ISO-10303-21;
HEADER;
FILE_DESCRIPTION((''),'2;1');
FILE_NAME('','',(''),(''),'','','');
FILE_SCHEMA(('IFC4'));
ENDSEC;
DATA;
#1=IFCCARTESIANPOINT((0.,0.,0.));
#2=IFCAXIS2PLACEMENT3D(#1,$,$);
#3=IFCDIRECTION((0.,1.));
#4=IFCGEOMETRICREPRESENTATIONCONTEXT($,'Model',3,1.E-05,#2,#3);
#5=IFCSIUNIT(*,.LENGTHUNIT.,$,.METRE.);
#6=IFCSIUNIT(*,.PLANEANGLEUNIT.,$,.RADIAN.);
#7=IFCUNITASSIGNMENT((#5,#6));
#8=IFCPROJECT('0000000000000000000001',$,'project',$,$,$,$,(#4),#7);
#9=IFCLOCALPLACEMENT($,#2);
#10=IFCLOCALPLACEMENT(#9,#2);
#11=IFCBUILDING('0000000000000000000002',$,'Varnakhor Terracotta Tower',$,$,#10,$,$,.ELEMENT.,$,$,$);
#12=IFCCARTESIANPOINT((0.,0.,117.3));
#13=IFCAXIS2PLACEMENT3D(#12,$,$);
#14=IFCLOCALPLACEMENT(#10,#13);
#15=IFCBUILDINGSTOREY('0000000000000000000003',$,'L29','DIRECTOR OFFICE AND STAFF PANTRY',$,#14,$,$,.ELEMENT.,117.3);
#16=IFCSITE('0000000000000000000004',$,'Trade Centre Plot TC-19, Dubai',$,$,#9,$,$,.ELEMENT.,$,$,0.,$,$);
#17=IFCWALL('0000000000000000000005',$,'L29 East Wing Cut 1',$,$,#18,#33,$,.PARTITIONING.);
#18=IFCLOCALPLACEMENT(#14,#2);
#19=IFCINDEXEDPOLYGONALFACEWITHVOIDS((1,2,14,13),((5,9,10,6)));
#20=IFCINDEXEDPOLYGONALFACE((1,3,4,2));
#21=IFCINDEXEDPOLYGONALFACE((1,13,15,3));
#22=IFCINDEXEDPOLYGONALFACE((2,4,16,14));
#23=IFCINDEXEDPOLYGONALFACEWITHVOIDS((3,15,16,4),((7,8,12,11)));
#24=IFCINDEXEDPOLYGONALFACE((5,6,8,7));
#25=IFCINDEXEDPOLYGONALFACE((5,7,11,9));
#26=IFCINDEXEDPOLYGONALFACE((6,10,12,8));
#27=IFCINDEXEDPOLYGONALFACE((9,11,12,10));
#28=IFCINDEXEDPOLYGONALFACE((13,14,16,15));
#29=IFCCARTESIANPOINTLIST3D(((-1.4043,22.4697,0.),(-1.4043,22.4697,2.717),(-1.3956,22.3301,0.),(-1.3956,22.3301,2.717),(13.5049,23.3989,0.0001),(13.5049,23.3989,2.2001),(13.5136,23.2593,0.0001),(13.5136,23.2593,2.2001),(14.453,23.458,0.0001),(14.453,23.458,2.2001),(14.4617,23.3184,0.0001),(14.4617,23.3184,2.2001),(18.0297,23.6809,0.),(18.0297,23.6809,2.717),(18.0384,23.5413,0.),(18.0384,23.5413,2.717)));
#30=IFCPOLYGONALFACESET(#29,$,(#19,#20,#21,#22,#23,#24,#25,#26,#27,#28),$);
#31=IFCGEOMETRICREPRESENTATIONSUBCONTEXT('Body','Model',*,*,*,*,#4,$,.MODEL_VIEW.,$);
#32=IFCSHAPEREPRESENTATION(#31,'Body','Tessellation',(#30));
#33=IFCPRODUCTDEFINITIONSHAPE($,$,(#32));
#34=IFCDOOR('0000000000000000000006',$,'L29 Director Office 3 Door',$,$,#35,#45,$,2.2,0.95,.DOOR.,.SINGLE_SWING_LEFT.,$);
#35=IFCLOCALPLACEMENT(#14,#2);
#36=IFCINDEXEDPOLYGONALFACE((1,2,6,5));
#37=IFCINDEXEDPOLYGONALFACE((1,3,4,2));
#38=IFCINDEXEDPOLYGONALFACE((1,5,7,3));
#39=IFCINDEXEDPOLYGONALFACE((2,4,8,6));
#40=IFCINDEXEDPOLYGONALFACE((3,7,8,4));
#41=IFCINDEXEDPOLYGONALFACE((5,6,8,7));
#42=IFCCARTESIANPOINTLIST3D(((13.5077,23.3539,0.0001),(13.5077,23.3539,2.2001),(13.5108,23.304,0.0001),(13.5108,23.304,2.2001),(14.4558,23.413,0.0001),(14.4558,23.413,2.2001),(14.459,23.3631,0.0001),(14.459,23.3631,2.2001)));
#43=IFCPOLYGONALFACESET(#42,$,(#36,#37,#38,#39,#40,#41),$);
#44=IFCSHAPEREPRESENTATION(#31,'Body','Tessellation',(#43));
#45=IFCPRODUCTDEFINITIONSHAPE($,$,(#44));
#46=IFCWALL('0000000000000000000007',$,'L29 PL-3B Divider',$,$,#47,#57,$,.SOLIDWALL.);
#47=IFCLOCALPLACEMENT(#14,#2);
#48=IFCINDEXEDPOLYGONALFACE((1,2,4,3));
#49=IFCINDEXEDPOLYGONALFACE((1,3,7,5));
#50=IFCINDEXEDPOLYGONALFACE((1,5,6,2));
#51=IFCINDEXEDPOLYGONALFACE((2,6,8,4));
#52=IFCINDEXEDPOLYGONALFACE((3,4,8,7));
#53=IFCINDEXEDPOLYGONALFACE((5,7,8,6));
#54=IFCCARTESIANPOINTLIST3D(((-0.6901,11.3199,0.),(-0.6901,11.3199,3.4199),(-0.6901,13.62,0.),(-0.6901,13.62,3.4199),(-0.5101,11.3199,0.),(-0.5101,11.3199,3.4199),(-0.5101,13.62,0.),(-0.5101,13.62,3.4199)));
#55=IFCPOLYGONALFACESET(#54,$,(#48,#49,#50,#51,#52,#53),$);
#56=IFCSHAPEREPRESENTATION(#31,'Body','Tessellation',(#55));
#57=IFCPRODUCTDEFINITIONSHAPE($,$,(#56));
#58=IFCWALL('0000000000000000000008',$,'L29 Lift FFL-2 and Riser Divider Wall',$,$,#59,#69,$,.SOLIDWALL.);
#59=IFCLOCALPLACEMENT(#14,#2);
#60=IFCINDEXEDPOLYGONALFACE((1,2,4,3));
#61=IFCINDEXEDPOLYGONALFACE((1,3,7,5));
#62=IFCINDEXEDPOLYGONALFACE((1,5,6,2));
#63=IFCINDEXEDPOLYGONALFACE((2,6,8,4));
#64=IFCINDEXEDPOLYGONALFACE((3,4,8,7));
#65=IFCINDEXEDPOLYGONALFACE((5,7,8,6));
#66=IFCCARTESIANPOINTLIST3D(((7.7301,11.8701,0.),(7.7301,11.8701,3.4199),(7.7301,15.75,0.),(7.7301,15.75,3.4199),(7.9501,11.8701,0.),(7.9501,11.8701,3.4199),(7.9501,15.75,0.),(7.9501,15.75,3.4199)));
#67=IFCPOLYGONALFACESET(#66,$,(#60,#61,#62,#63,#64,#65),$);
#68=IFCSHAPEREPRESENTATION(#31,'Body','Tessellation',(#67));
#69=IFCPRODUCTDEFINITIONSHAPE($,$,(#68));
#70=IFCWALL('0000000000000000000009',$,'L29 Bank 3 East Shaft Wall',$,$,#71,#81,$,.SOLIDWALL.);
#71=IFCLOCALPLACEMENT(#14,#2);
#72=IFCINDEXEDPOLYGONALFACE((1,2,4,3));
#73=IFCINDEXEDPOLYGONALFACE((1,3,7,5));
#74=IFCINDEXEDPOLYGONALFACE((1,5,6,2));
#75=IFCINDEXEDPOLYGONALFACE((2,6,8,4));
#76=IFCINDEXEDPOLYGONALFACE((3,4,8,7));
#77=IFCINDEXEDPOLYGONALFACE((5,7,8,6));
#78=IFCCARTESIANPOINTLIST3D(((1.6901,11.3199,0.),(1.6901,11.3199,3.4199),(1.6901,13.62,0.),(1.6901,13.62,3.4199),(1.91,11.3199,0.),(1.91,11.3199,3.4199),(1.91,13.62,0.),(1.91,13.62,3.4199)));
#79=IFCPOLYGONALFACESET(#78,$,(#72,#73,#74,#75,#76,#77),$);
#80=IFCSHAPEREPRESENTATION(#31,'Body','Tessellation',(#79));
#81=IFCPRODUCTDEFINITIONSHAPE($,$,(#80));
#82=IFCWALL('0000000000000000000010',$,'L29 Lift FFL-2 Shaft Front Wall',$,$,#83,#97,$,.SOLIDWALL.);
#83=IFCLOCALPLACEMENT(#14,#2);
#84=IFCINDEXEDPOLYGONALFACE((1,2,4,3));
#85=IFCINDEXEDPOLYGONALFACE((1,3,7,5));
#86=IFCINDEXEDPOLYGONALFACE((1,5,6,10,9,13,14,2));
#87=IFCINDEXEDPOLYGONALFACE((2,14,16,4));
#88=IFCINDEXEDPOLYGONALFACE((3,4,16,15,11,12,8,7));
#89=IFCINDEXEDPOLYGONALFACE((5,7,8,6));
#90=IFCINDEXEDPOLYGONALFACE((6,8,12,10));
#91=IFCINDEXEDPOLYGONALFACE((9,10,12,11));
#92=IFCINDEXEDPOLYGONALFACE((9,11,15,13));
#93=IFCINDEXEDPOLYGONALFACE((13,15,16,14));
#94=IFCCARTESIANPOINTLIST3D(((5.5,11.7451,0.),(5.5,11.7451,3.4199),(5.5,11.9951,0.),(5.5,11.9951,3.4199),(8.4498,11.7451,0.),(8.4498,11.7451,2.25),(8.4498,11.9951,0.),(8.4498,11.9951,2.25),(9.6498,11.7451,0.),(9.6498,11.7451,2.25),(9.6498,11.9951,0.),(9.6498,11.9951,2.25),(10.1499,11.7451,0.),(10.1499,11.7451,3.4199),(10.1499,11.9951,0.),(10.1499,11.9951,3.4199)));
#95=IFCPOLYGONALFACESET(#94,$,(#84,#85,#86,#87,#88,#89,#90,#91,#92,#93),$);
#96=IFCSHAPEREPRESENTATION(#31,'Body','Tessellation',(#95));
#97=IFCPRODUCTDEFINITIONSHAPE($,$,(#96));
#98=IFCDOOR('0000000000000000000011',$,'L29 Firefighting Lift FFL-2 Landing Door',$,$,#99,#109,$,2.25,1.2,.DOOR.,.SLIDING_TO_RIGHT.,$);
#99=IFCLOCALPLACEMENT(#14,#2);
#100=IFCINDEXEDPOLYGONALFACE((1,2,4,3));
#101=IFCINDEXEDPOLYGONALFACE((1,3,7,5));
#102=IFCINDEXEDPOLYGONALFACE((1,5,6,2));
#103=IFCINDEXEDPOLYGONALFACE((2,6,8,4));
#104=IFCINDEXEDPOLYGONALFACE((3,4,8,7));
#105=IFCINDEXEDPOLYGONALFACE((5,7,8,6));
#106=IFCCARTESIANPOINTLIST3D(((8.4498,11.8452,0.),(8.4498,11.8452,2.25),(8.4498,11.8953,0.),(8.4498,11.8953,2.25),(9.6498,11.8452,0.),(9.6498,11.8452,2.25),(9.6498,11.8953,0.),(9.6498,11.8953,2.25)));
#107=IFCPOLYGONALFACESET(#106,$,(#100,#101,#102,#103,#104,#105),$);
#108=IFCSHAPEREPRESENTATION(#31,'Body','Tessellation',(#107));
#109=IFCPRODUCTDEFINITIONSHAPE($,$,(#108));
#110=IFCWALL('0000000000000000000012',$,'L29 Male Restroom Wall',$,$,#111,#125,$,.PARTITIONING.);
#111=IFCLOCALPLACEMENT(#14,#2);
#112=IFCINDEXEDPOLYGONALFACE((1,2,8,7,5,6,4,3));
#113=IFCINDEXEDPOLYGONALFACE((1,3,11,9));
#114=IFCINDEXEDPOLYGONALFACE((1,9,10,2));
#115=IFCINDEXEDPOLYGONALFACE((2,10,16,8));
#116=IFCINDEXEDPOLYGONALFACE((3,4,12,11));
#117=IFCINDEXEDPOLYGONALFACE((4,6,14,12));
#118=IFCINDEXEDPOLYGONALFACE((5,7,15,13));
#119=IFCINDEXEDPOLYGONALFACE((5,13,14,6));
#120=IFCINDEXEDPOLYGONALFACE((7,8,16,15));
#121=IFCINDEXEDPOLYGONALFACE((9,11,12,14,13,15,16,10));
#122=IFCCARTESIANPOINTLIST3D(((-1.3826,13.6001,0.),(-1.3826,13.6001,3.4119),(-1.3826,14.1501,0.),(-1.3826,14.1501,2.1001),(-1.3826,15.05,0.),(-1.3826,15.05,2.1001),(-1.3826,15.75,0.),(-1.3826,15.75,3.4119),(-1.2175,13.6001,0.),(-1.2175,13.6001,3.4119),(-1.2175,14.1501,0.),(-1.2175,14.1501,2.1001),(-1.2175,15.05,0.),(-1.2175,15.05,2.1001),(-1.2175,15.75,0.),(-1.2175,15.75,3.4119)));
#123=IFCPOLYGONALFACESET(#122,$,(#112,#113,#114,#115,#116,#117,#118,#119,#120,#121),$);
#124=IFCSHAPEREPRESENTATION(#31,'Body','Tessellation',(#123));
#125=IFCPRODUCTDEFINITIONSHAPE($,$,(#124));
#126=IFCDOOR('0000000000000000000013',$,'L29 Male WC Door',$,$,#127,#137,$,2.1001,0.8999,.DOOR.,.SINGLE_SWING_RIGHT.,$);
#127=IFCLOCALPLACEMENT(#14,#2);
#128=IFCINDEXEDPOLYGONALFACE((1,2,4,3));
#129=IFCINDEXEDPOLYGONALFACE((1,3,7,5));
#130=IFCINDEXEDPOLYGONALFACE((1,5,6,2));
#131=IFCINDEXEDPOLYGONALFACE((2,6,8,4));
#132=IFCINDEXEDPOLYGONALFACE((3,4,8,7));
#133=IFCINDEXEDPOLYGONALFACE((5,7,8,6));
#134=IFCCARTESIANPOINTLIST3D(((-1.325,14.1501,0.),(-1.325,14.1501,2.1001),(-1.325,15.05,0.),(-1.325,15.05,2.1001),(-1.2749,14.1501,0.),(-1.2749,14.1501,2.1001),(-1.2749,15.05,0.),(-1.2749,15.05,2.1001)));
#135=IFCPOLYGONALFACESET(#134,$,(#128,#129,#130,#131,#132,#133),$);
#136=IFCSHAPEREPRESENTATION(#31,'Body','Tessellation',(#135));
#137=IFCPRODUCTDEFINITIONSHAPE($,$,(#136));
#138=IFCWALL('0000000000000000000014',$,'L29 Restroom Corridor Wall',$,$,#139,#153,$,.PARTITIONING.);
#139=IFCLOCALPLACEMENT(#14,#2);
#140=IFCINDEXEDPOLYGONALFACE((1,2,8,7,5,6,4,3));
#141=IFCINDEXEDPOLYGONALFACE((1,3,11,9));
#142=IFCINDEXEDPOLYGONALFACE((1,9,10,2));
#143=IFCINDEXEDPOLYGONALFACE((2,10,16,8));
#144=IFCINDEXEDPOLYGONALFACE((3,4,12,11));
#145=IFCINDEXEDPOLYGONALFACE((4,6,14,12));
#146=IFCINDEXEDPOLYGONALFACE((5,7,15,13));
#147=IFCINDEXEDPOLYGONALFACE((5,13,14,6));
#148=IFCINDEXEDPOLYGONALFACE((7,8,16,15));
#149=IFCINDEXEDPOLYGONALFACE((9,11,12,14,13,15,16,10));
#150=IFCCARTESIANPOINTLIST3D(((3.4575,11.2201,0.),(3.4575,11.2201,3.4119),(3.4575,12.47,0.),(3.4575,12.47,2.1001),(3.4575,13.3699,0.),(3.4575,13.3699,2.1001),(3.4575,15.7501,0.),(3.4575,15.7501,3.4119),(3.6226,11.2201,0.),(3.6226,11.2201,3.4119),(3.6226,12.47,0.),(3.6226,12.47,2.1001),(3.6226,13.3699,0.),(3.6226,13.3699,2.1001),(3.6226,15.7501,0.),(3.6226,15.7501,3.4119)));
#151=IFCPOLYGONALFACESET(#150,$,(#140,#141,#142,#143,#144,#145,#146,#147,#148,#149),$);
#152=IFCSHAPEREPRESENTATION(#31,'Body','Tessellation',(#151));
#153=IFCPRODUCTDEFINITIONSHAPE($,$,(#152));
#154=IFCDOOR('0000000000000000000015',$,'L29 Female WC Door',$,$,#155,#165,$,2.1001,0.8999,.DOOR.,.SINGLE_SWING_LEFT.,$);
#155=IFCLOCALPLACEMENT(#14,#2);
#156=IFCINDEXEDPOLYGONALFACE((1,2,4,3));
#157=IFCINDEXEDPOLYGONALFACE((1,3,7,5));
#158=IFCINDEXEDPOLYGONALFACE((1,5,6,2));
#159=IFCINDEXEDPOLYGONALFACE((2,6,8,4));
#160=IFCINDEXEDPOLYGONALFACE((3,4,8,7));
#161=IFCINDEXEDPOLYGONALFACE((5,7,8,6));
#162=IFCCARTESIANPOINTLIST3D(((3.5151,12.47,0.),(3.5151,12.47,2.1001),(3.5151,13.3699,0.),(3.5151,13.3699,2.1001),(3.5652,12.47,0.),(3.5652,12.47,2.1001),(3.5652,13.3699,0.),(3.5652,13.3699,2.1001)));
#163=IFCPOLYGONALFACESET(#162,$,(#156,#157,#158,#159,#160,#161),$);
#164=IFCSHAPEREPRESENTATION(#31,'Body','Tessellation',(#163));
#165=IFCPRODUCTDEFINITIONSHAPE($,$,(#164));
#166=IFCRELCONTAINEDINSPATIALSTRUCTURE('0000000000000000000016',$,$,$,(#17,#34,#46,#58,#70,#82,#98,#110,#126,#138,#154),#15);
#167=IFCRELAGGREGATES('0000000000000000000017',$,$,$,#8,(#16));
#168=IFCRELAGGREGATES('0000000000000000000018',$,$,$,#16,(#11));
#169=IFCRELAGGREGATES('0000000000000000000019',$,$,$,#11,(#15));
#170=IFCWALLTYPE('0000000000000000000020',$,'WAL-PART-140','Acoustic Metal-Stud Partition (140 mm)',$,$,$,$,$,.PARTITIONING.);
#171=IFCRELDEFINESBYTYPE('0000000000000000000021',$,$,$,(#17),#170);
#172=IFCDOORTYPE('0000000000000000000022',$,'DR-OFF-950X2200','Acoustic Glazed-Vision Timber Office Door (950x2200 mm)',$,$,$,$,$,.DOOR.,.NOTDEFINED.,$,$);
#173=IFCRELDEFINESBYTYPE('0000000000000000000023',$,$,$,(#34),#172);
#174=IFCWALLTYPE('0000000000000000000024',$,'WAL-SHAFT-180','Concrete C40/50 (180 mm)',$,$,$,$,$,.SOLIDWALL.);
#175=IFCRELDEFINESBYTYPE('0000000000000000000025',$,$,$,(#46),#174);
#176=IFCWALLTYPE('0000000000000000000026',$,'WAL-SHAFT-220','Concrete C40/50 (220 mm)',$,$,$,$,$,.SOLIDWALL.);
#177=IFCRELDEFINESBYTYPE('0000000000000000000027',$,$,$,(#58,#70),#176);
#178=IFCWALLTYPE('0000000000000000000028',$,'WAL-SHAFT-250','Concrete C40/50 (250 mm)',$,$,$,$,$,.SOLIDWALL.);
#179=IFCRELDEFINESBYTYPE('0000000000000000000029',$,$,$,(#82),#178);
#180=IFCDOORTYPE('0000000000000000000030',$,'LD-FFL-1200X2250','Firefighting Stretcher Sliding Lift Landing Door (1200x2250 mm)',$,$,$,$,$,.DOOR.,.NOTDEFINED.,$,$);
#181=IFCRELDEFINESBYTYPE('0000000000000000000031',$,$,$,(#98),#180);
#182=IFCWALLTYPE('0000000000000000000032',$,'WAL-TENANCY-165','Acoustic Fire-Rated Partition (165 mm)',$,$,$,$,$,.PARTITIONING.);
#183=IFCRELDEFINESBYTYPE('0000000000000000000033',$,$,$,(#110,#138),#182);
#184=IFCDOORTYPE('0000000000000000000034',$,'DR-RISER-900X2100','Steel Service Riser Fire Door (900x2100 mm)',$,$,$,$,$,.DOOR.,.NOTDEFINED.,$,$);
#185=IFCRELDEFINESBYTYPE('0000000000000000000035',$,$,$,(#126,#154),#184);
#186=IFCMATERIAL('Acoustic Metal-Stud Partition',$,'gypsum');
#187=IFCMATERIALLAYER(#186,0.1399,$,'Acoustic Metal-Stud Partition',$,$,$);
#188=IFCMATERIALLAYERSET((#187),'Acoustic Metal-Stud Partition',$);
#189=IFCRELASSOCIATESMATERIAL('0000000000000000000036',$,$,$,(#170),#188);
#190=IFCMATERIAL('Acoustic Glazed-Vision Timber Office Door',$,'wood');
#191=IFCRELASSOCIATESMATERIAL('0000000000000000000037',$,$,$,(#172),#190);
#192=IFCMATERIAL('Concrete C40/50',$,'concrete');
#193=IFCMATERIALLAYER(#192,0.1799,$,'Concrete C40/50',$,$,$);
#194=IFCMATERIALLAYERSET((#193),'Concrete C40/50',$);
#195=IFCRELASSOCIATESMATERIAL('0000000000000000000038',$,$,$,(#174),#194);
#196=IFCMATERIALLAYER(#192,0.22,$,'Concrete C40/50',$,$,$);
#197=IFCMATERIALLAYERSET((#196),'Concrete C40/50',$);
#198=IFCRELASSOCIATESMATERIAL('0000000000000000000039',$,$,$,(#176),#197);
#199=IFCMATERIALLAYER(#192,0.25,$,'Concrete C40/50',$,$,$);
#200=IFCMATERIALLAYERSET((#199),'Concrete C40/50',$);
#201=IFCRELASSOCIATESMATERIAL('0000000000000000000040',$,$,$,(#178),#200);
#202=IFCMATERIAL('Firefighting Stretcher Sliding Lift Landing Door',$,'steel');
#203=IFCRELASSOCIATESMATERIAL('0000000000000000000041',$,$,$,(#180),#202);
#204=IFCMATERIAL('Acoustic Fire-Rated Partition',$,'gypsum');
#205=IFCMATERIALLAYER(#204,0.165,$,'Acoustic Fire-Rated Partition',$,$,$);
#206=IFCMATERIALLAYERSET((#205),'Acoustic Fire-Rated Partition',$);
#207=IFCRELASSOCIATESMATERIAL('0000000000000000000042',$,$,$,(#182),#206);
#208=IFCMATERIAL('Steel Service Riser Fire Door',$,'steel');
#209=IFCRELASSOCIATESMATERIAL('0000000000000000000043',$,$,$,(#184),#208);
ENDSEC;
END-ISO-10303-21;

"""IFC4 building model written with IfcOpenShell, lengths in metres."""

from ifc_helpers import new_model, si_unit, direction, frame, frame_2d, origin, place, context, subcontext, project, spatial, rectangle, extrude, source, transform, mapped, material, layer, layer_set, type_object, type_shapes, element, fill, save


model = new_model("IFC4")

# Units and contexts
model_context = context("Model", 3, precision=1e-05, world=origin(), true_north=direction((0.0, 1.0)))
body_context = subcontext(model_context, "Body", "Model", "MODEL_VIEW")
ifc_project = project(units=[si_unit("LENGTHUNIT", "METRE"), si_unit("PLANEANGLEUNIT", "RADIAN")], contexts=[model_context])

# Site, building, storey
site_placement = place(None, origin())
site = spatial("IfcSite", under=ifc_project, at=site_placement, Name="Trade Centre Plot TC-19, Dubai", CompositionType="ELEMENT", RefElevation=0.0)
building_placement = place(site_placement, origin())
building = spatial("IfcBuilding", under=site, at=building_placement, Name="Varnakhor Terracotta Tower", CompositionType="ELEMENT")
storey_placement = place(building_placement, frame((0.0, 0.0, 117.3)))
storey = spatial("IfcBuildingStorey", under=building, at=storey_placement, Name="L29", Description="DIRECTOR OFFICE AND STAFF PANTRY", CompositionType="ELEMENT", Elevation=117.3)

# Shared definitions
ifc_material_1 = material(Name="Acoustic Metal-Stud Partition", Category="gypsum")
ifc_layer_1 = layer(ifc_material_1, 0.1399, Name="Acoustic Metal-Stud Partition")
ifc_layer_set_1 = layer_set([ifc_layer_1], Name="Acoustic Metal-Stud Partition")
wall_type_1 = type_object("IfcWallType", Name="WAL-PART-140", Description="Acoustic Metal-Stud Partition (140 mm)", PredefinedType="PARTITIONING", material=ifc_layer_set_1)
ifc_material_2 = material(Name="Acoustic Glazed-Vision Timber Office Door", Category="wood")
door_type_1 = type_object("IfcDoorType", Name="DR-OFF-950X2200", Description="Acoustic Glazed-Vision Timber Office Door (950x2200 mm)", OperationType="NOTDEFINED", PredefinedType="DOOR", material=ifc_material_2)
shared_shape_1 = source(origin(), body_context, "Body", "SweptSolid", [
    extrude(rectangle(XDim=0.95, YDim=2.2, at=frame_2d((0.4751, 1.1001))), frame((0.0, 0.0249, 0.0), z_axis=(0.0, -1.0, 0.0), x_axis=(1.0, 0.0, 0.0)), (0.0, 0.0, 1.0), 0.05),
])
type_shapes(door_type_1, [shared_shape_1])

# Wall, opening, door
wall_1_placement = place(storey_placement, frame((-1.3999, 22.3999, 0.0), z_axis=(0.0, 0.0, 1.0), x_axis=(0.998064, 0.062202, 0.0)))
wall_1 = element("IfcWall", 1, at=wall_1_placement, inside=storey, type_object=wall_type_1, Name="L29 East Wing Cut 1", PredefinedType="PARTITIONING", context=body_context, shape_type="SweptSolid", body=[
    extrude(rectangle(XDim=19.4717, YDim=0.1399, at=frame_2d((9.7358, 0.0))), origin(), (0.0, 0.0, 1.0), 2.717),
])
opening_1_placement = place(wall_1_placement, frame((14.938, 0.0, 0.0)))
opening_1 = element("IfcOpeningElement", 2, at=opening_1_placement, cuts=wall_1, PredefinedType="OPENING", context=body_context, shape_type="SweptSolid", body=[
    extrude(rectangle(XDim=0.95, YDim=2.2, at=frame_2d((0.4751, 1.1001))), frame((0.0, 0.0801, 0.0), z_axis=(0.0, -1.0, 0.0), x_axis=(1.0, 0.0, 0.0)), (0.0, 0.0, 1.0), 0.1599),
])
door_1_placement = place(opening_1_placement, origin())
door_1 = element("IfcDoor", 3, at=door_1_placement, inside=storey, type_object=door_type_1, Name="L29 Director Office 3 Door", OperationType="SINGLE_SWING_LEFT", OverallHeight=2.2, OverallWidth=0.95, PredefinedType="DOOR", context=body_context, shape_type="MappedRepresentation", body=[
    mapped(shared_shape_1, transform((0.0, 0.0, 0.0), scale=1.0)),
])
fill(opening_1, door_1)

# Walls
ifc_material_3 = material(Name="Concrete C40/50", Category="concrete")
ifc_layer_2 = layer(ifc_material_3, 0.1799, Name="Concrete C40/50")
ifc_layer_set_2 = layer_set([ifc_layer_2], Name="Concrete C40/50")
wall_type_2 = type_object("IfcWallType", Name="WAL-SHAFT-180", Description="Concrete C40/50 (180 mm)", PredefinedType="SOLIDWALL", material=ifc_layer_set_2)
wall_2_placement = place(storey_placement, frame((-0.6001, 11.3201, 0.0), z_axis=(0.0, 0.0, 1.0), x_axis=(0.0, 1.0, 0.0)))
element("IfcWall", 4, at=wall_2_placement, inside=storey, type_object=wall_type_2, Name="L29 PL-3B Divider", PredefinedType="SOLIDWALL", context=body_context, shape_type="SweptSolid", body=[
    extrude(rectangle(XDim=2.3, YDim=0.1799, at=frame_2d((1.1499, 0.0))), origin(), (0.0, 0.0, 1.0), 3.4199),
])
ifc_layer_3 = layer(ifc_material_3, 0.22, Name="Concrete C40/50")
ifc_layer_set_3 = layer_set([ifc_layer_3], Name="Concrete C40/50")
wall_type_3 = type_object("IfcWallType", Name="WAL-SHAFT-220", Description="Concrete C40/50 (220 mm)", PredefinedType="SOLIDWALL", material=ifc_layer_set_3)
wall_3_placement = place(storey_placement, frame((7.8401, 11.8701, 0.0), z_axis=(0.0, 0.0, 1.0), x_axis=(0.0, 1.0, 0.0)))
element("IfcWall", 5, at=wall_3_placement, inside=storey, type_object=wall_type_3, Name="L29 Lift FFL-2 and Riser Divider Wall", PredefinedType="SOLIDWALL", context=body_context, shape_type="SweptSolid", body=[
    extrude(rectangle(XDim=3.8799, YDim=0.22, at=frame_2d((1.9399, 0.0))), origin(), (0.0, 0.0, 1.0), 3.4199),
])
wall_4_placement = place(storey_placement, frame((1.8, 11.3201, 0.0), z_axis=(0.0, 0.0, 1.0), x_axis=(0.0, 1.0, 0.0)))
element("IfcWall", 6, at=wall_4_placement, inside=storey, type_object=wall_type_3, Name="L29 Bank 3 East Shaft Wall", PredefinedType="SOLIDWALL", context=body_context, shape_type="SweptSolid", body=[
    extrude(rectangle(XDim=2.3, YDim=0.22, at=frame_2d((1.1499, 0.0))), origin(), (0.0, 0.0, 1.0), 3.4199),
])

# Walls, openings, doors
ifc_layer_4 = layer(ifc_material_3, 0.25, Name="Concrete C40/50")
ifc_layer_set_4 = layer_set([ifc_layer_4], Name="Concrete C40/50")
wall_type_4 = type_object("IfcWallType", Name="WAL-SHAFT-250", Description="Concrete C40/50 (250 mm)", PredefinedType="SOLIDWALL", material=ifc_layer_set_4)
wall_5_placement = place(storey_placement, frame((10.1499, 11.8701, 0.0), z_axis=(0.0, 0.0, 1.0), x_axis=(-1.0, 0.0, 0.0)))
wall_5 = element("IfcWall", 7, at=wall_5_placement, inside=storey, type_object=wall_type_4, Name="L29 Lift FFL-2 Shaft Front Wall", PredefinedType="SOLIDWALL", context=body_context, shape_type="SweptSolid", body=[
    extrude(rectangle(XDim=4.6499, YDim=0.25, at=frame_2d((2.325, 0.0))), origin(), (0.0, 0.0, 1.0), 3.4199),
])
opening_2_placement = place(wall_5_placement, frame((0.5, 0.0, 0.0)))
opening_2 = element("IfcOpeningElement", 8, at=opening_2_placement, cuts=wall_5, PredefinedType="OPENING", context=body_context, shape_type="SweptSolid", body=[
    extrude(rectangle(XDim=1.2, YDim=2.25, at=frame_2d((0.6001, 1.125))), frame((0.0, 0.135, 0.0), z_axis=(0.0, -1.0, 0.0), x_axis=(1.0, 0.0, 0.0)), (0.0, 0.0, 1.0), 0.27),
])
ifc_material_4 = material(Name="Firefighting Stretcher Sliding Lift Landing Door", Category="steel")
door_type_2 = type_object("IfcDoorType", Name="LD-FFL-1200X2250", Description="Firefighting Stretcher Sliding Lift Landing Door (1200x2250 mm)", OperationType="NOTDEFINED", PredefinedType="DOOR", material=ifc_material_4)
shared_shape_2 = source(origin(), body_context, "Body", "SweptSolid", [
    extrude(rectangle(XDim=1.2, YDim=2.25, at=frame_2d((0.6001, 1.125))), frame((0.0, 0.0249, 0.0), z_axis=(0.0, -1.0, 0.0), x_axis=(1.0, 0.0, 0.0)), (0.0, 0.0, 1.0), 0.05),
])
type_shapes(door_type_2, [shared_shape_2])
door_2_placement = place(opening_2_placement, origin())
door_2 = element("IfcDoor", 9, at=door_2_placement, inside=storey, type_object=door_type_2, Name="L29 Firefighting Lift FFL-2 Landing Door", OperationType="SLIDING_TO_RIGHT", OverallHeight=2.25, OverallWidth=1.2, PredefinedType="DOOR", context=body_context, shape_type="MappedRepresentation", body=[
    mapped(shared_shape_2, transform((0.0, 0.0, 0.0), scale=1.0)),
])
fill(opening_2, door_2)
ifc_material_5 = material(Name="Acoustic Fire-Rated Partition", Category="gypsum")
ifc_layer_5 = layer(ifc_material_5, 0.165, Name="Acoustic Fire-Rated Partition")
ifc_layer_set_5 = layer_set([ifc_layer_5], Name="Acoustic Fire-Rated Partition")
wall_type_5 = type_object("IfcWallType", Name="WAL-TENANCY-165", Description="Acoustic Fire-Rated Partition (165 mm)", PredefinedType="PARTITIONING", material=ifc_layer_set_5)
wall_6_placement = place(storey_placement, frame((-1.3, 13.6001, 0.0), z_axis=(0.0, 0.0, 1.0), x_axis=(0.0, 1.0, 0.0)))
wall_6 = element("IfcWall", 10, at=wall_6_placement, inside=storey, type_object=wall_type_5, Name="L29 Male Restroom Wall", PredefinedType="PARTITIONING", context=body_context, shape_type="SweptSolid", body=[
    extrude(rectangle(XDim=2.1499, YDim=0.165, at=frame_2d((1.075, 0.0))), origin(), (0.0, 0.0, 1.0), 3.4119),
])
opening_3_placement = place(wall_6_placement, frame((0.55, 0.0, 0.0)))
opening_3 = element("IfcOpeningElement", 11, at=opening_3_placement, cuts=wall_6, PredefinedType="OPENING", context=body_context, shape_type="SweptSolid", body=[
    extrude(rectangle(XDim=0.8999, YDim=2.1001, at=frame_2d((0.45, 1.05))), frame((0.0, 0.0925, 0.0), z_axis=(0.0, -1.0, 0.0), x_axis=(1.0, 0.0, 0.0)), (0.0, 0.0, 1.0), 0.1851),
])
ifc_material_6 = material(Name="Steel Service Riser Fire Door", Category="steel")
door_type_3 = type_object("IfcDoorType", Name="DR-RISER-900X2100", Description="Steel Service Riser Fire Door (900x2100 mm)", OperationType="NOTDEFINED", PredefinedType="DOOR", material=ifc_material_6)
shared_shape_3 = source(origin(), body_context, "Body", "SweptSolid", [
    extrude(rectangle(XDim=0.8999, YDim=2.1001, at=frame_2d((0.45, 1.05))), frame((0.0, 0.0249, 0.0), z_axis=(0.0, -1.0, 0.0), x_axis=(1.0, 0.0, 0.0)), (0.0, 0.0, 1.0), 0.05),
])
type_shapes(door_type_3, [shared_shape_3])
door_3_placement = place(opening_3_placement, origin())
door_3 = element("IfcDoor", 12, at=door_3_placement, inside=storey, type_object=door_type_3, Name="L29 Male WC Door", OperationType="SINGLE_SWING_RIGHT", OverallHeight=2.1001, OverallWidth=0.8999, PredefinedType="DOOR", context=body_context, shape_type="MappedRepresentation", body=[
    mapped(shared_shape_3, transform((0.0, 0.0, 0.0), scale=1.0)),
])
fill(opening_3, door_3)
wall_7_placement = place(storey_placement, frame((3.54, 11.22, 0.0), z_axis=(0.0, 0.0, 1.0), x_axis=(0.0, 1.0, 0.0)))
wall_7 = element("IfcWall", 13, at=wall_7_placement, inside=storey, type_object=wall_type_5, Name="L29 Restroom Corridor Wall", PredefinedType="PARTITIONING", context=body_context, shape_type="SweptSolid", body=[
    extrude(rectangle(XDim=4.53, YDim=0.165, at=frame_2d((2.2651, 0.0))), origin(), (0.0, 0.0, 1.0), 3.4119),
])
opening_4_placement = place(wall_7_placement, frame((1.25, 0.0, 0.0)))
opening_4 = element("IfcOpeningElement", 14, at=opening_4_placement, cuts=wall_7, PredefinedType="OPENING", context=body_context, shape_type="SweptSolid", body=[
    extrude(rectangle(XDim=0.8999, YDim=2.1001, at=frame_2d((0.45, 1.05))), frame((0.0, 0.0925, 0.0), z_axis=(0.0, -1.0, 0.0), x_axis=(1.0, 0.0, 0.0)), (0.0, 0.0, 1.0), 0.1851),
])
door_4_placement = place(opening_4_placement, origin())
door_4 = element("IfcDoor", 15, at=door_4_placement, inside=storey, type_object=door_type_3, Name="L29 Female WC Door", OperationType="SINGLE_SWING_LEFT", OverallHeight=2.1001, OverallWidth=0.8999, PredefinedType="DOOR", context=body_context, shape_type="MappedRepresentation", body=[
    mapped(shared_shape_3, transform((0.0, 0.0, 0.0), scale=1.0)),
])
fill(opening_4, door_4)

save(model, "model.ifc")
